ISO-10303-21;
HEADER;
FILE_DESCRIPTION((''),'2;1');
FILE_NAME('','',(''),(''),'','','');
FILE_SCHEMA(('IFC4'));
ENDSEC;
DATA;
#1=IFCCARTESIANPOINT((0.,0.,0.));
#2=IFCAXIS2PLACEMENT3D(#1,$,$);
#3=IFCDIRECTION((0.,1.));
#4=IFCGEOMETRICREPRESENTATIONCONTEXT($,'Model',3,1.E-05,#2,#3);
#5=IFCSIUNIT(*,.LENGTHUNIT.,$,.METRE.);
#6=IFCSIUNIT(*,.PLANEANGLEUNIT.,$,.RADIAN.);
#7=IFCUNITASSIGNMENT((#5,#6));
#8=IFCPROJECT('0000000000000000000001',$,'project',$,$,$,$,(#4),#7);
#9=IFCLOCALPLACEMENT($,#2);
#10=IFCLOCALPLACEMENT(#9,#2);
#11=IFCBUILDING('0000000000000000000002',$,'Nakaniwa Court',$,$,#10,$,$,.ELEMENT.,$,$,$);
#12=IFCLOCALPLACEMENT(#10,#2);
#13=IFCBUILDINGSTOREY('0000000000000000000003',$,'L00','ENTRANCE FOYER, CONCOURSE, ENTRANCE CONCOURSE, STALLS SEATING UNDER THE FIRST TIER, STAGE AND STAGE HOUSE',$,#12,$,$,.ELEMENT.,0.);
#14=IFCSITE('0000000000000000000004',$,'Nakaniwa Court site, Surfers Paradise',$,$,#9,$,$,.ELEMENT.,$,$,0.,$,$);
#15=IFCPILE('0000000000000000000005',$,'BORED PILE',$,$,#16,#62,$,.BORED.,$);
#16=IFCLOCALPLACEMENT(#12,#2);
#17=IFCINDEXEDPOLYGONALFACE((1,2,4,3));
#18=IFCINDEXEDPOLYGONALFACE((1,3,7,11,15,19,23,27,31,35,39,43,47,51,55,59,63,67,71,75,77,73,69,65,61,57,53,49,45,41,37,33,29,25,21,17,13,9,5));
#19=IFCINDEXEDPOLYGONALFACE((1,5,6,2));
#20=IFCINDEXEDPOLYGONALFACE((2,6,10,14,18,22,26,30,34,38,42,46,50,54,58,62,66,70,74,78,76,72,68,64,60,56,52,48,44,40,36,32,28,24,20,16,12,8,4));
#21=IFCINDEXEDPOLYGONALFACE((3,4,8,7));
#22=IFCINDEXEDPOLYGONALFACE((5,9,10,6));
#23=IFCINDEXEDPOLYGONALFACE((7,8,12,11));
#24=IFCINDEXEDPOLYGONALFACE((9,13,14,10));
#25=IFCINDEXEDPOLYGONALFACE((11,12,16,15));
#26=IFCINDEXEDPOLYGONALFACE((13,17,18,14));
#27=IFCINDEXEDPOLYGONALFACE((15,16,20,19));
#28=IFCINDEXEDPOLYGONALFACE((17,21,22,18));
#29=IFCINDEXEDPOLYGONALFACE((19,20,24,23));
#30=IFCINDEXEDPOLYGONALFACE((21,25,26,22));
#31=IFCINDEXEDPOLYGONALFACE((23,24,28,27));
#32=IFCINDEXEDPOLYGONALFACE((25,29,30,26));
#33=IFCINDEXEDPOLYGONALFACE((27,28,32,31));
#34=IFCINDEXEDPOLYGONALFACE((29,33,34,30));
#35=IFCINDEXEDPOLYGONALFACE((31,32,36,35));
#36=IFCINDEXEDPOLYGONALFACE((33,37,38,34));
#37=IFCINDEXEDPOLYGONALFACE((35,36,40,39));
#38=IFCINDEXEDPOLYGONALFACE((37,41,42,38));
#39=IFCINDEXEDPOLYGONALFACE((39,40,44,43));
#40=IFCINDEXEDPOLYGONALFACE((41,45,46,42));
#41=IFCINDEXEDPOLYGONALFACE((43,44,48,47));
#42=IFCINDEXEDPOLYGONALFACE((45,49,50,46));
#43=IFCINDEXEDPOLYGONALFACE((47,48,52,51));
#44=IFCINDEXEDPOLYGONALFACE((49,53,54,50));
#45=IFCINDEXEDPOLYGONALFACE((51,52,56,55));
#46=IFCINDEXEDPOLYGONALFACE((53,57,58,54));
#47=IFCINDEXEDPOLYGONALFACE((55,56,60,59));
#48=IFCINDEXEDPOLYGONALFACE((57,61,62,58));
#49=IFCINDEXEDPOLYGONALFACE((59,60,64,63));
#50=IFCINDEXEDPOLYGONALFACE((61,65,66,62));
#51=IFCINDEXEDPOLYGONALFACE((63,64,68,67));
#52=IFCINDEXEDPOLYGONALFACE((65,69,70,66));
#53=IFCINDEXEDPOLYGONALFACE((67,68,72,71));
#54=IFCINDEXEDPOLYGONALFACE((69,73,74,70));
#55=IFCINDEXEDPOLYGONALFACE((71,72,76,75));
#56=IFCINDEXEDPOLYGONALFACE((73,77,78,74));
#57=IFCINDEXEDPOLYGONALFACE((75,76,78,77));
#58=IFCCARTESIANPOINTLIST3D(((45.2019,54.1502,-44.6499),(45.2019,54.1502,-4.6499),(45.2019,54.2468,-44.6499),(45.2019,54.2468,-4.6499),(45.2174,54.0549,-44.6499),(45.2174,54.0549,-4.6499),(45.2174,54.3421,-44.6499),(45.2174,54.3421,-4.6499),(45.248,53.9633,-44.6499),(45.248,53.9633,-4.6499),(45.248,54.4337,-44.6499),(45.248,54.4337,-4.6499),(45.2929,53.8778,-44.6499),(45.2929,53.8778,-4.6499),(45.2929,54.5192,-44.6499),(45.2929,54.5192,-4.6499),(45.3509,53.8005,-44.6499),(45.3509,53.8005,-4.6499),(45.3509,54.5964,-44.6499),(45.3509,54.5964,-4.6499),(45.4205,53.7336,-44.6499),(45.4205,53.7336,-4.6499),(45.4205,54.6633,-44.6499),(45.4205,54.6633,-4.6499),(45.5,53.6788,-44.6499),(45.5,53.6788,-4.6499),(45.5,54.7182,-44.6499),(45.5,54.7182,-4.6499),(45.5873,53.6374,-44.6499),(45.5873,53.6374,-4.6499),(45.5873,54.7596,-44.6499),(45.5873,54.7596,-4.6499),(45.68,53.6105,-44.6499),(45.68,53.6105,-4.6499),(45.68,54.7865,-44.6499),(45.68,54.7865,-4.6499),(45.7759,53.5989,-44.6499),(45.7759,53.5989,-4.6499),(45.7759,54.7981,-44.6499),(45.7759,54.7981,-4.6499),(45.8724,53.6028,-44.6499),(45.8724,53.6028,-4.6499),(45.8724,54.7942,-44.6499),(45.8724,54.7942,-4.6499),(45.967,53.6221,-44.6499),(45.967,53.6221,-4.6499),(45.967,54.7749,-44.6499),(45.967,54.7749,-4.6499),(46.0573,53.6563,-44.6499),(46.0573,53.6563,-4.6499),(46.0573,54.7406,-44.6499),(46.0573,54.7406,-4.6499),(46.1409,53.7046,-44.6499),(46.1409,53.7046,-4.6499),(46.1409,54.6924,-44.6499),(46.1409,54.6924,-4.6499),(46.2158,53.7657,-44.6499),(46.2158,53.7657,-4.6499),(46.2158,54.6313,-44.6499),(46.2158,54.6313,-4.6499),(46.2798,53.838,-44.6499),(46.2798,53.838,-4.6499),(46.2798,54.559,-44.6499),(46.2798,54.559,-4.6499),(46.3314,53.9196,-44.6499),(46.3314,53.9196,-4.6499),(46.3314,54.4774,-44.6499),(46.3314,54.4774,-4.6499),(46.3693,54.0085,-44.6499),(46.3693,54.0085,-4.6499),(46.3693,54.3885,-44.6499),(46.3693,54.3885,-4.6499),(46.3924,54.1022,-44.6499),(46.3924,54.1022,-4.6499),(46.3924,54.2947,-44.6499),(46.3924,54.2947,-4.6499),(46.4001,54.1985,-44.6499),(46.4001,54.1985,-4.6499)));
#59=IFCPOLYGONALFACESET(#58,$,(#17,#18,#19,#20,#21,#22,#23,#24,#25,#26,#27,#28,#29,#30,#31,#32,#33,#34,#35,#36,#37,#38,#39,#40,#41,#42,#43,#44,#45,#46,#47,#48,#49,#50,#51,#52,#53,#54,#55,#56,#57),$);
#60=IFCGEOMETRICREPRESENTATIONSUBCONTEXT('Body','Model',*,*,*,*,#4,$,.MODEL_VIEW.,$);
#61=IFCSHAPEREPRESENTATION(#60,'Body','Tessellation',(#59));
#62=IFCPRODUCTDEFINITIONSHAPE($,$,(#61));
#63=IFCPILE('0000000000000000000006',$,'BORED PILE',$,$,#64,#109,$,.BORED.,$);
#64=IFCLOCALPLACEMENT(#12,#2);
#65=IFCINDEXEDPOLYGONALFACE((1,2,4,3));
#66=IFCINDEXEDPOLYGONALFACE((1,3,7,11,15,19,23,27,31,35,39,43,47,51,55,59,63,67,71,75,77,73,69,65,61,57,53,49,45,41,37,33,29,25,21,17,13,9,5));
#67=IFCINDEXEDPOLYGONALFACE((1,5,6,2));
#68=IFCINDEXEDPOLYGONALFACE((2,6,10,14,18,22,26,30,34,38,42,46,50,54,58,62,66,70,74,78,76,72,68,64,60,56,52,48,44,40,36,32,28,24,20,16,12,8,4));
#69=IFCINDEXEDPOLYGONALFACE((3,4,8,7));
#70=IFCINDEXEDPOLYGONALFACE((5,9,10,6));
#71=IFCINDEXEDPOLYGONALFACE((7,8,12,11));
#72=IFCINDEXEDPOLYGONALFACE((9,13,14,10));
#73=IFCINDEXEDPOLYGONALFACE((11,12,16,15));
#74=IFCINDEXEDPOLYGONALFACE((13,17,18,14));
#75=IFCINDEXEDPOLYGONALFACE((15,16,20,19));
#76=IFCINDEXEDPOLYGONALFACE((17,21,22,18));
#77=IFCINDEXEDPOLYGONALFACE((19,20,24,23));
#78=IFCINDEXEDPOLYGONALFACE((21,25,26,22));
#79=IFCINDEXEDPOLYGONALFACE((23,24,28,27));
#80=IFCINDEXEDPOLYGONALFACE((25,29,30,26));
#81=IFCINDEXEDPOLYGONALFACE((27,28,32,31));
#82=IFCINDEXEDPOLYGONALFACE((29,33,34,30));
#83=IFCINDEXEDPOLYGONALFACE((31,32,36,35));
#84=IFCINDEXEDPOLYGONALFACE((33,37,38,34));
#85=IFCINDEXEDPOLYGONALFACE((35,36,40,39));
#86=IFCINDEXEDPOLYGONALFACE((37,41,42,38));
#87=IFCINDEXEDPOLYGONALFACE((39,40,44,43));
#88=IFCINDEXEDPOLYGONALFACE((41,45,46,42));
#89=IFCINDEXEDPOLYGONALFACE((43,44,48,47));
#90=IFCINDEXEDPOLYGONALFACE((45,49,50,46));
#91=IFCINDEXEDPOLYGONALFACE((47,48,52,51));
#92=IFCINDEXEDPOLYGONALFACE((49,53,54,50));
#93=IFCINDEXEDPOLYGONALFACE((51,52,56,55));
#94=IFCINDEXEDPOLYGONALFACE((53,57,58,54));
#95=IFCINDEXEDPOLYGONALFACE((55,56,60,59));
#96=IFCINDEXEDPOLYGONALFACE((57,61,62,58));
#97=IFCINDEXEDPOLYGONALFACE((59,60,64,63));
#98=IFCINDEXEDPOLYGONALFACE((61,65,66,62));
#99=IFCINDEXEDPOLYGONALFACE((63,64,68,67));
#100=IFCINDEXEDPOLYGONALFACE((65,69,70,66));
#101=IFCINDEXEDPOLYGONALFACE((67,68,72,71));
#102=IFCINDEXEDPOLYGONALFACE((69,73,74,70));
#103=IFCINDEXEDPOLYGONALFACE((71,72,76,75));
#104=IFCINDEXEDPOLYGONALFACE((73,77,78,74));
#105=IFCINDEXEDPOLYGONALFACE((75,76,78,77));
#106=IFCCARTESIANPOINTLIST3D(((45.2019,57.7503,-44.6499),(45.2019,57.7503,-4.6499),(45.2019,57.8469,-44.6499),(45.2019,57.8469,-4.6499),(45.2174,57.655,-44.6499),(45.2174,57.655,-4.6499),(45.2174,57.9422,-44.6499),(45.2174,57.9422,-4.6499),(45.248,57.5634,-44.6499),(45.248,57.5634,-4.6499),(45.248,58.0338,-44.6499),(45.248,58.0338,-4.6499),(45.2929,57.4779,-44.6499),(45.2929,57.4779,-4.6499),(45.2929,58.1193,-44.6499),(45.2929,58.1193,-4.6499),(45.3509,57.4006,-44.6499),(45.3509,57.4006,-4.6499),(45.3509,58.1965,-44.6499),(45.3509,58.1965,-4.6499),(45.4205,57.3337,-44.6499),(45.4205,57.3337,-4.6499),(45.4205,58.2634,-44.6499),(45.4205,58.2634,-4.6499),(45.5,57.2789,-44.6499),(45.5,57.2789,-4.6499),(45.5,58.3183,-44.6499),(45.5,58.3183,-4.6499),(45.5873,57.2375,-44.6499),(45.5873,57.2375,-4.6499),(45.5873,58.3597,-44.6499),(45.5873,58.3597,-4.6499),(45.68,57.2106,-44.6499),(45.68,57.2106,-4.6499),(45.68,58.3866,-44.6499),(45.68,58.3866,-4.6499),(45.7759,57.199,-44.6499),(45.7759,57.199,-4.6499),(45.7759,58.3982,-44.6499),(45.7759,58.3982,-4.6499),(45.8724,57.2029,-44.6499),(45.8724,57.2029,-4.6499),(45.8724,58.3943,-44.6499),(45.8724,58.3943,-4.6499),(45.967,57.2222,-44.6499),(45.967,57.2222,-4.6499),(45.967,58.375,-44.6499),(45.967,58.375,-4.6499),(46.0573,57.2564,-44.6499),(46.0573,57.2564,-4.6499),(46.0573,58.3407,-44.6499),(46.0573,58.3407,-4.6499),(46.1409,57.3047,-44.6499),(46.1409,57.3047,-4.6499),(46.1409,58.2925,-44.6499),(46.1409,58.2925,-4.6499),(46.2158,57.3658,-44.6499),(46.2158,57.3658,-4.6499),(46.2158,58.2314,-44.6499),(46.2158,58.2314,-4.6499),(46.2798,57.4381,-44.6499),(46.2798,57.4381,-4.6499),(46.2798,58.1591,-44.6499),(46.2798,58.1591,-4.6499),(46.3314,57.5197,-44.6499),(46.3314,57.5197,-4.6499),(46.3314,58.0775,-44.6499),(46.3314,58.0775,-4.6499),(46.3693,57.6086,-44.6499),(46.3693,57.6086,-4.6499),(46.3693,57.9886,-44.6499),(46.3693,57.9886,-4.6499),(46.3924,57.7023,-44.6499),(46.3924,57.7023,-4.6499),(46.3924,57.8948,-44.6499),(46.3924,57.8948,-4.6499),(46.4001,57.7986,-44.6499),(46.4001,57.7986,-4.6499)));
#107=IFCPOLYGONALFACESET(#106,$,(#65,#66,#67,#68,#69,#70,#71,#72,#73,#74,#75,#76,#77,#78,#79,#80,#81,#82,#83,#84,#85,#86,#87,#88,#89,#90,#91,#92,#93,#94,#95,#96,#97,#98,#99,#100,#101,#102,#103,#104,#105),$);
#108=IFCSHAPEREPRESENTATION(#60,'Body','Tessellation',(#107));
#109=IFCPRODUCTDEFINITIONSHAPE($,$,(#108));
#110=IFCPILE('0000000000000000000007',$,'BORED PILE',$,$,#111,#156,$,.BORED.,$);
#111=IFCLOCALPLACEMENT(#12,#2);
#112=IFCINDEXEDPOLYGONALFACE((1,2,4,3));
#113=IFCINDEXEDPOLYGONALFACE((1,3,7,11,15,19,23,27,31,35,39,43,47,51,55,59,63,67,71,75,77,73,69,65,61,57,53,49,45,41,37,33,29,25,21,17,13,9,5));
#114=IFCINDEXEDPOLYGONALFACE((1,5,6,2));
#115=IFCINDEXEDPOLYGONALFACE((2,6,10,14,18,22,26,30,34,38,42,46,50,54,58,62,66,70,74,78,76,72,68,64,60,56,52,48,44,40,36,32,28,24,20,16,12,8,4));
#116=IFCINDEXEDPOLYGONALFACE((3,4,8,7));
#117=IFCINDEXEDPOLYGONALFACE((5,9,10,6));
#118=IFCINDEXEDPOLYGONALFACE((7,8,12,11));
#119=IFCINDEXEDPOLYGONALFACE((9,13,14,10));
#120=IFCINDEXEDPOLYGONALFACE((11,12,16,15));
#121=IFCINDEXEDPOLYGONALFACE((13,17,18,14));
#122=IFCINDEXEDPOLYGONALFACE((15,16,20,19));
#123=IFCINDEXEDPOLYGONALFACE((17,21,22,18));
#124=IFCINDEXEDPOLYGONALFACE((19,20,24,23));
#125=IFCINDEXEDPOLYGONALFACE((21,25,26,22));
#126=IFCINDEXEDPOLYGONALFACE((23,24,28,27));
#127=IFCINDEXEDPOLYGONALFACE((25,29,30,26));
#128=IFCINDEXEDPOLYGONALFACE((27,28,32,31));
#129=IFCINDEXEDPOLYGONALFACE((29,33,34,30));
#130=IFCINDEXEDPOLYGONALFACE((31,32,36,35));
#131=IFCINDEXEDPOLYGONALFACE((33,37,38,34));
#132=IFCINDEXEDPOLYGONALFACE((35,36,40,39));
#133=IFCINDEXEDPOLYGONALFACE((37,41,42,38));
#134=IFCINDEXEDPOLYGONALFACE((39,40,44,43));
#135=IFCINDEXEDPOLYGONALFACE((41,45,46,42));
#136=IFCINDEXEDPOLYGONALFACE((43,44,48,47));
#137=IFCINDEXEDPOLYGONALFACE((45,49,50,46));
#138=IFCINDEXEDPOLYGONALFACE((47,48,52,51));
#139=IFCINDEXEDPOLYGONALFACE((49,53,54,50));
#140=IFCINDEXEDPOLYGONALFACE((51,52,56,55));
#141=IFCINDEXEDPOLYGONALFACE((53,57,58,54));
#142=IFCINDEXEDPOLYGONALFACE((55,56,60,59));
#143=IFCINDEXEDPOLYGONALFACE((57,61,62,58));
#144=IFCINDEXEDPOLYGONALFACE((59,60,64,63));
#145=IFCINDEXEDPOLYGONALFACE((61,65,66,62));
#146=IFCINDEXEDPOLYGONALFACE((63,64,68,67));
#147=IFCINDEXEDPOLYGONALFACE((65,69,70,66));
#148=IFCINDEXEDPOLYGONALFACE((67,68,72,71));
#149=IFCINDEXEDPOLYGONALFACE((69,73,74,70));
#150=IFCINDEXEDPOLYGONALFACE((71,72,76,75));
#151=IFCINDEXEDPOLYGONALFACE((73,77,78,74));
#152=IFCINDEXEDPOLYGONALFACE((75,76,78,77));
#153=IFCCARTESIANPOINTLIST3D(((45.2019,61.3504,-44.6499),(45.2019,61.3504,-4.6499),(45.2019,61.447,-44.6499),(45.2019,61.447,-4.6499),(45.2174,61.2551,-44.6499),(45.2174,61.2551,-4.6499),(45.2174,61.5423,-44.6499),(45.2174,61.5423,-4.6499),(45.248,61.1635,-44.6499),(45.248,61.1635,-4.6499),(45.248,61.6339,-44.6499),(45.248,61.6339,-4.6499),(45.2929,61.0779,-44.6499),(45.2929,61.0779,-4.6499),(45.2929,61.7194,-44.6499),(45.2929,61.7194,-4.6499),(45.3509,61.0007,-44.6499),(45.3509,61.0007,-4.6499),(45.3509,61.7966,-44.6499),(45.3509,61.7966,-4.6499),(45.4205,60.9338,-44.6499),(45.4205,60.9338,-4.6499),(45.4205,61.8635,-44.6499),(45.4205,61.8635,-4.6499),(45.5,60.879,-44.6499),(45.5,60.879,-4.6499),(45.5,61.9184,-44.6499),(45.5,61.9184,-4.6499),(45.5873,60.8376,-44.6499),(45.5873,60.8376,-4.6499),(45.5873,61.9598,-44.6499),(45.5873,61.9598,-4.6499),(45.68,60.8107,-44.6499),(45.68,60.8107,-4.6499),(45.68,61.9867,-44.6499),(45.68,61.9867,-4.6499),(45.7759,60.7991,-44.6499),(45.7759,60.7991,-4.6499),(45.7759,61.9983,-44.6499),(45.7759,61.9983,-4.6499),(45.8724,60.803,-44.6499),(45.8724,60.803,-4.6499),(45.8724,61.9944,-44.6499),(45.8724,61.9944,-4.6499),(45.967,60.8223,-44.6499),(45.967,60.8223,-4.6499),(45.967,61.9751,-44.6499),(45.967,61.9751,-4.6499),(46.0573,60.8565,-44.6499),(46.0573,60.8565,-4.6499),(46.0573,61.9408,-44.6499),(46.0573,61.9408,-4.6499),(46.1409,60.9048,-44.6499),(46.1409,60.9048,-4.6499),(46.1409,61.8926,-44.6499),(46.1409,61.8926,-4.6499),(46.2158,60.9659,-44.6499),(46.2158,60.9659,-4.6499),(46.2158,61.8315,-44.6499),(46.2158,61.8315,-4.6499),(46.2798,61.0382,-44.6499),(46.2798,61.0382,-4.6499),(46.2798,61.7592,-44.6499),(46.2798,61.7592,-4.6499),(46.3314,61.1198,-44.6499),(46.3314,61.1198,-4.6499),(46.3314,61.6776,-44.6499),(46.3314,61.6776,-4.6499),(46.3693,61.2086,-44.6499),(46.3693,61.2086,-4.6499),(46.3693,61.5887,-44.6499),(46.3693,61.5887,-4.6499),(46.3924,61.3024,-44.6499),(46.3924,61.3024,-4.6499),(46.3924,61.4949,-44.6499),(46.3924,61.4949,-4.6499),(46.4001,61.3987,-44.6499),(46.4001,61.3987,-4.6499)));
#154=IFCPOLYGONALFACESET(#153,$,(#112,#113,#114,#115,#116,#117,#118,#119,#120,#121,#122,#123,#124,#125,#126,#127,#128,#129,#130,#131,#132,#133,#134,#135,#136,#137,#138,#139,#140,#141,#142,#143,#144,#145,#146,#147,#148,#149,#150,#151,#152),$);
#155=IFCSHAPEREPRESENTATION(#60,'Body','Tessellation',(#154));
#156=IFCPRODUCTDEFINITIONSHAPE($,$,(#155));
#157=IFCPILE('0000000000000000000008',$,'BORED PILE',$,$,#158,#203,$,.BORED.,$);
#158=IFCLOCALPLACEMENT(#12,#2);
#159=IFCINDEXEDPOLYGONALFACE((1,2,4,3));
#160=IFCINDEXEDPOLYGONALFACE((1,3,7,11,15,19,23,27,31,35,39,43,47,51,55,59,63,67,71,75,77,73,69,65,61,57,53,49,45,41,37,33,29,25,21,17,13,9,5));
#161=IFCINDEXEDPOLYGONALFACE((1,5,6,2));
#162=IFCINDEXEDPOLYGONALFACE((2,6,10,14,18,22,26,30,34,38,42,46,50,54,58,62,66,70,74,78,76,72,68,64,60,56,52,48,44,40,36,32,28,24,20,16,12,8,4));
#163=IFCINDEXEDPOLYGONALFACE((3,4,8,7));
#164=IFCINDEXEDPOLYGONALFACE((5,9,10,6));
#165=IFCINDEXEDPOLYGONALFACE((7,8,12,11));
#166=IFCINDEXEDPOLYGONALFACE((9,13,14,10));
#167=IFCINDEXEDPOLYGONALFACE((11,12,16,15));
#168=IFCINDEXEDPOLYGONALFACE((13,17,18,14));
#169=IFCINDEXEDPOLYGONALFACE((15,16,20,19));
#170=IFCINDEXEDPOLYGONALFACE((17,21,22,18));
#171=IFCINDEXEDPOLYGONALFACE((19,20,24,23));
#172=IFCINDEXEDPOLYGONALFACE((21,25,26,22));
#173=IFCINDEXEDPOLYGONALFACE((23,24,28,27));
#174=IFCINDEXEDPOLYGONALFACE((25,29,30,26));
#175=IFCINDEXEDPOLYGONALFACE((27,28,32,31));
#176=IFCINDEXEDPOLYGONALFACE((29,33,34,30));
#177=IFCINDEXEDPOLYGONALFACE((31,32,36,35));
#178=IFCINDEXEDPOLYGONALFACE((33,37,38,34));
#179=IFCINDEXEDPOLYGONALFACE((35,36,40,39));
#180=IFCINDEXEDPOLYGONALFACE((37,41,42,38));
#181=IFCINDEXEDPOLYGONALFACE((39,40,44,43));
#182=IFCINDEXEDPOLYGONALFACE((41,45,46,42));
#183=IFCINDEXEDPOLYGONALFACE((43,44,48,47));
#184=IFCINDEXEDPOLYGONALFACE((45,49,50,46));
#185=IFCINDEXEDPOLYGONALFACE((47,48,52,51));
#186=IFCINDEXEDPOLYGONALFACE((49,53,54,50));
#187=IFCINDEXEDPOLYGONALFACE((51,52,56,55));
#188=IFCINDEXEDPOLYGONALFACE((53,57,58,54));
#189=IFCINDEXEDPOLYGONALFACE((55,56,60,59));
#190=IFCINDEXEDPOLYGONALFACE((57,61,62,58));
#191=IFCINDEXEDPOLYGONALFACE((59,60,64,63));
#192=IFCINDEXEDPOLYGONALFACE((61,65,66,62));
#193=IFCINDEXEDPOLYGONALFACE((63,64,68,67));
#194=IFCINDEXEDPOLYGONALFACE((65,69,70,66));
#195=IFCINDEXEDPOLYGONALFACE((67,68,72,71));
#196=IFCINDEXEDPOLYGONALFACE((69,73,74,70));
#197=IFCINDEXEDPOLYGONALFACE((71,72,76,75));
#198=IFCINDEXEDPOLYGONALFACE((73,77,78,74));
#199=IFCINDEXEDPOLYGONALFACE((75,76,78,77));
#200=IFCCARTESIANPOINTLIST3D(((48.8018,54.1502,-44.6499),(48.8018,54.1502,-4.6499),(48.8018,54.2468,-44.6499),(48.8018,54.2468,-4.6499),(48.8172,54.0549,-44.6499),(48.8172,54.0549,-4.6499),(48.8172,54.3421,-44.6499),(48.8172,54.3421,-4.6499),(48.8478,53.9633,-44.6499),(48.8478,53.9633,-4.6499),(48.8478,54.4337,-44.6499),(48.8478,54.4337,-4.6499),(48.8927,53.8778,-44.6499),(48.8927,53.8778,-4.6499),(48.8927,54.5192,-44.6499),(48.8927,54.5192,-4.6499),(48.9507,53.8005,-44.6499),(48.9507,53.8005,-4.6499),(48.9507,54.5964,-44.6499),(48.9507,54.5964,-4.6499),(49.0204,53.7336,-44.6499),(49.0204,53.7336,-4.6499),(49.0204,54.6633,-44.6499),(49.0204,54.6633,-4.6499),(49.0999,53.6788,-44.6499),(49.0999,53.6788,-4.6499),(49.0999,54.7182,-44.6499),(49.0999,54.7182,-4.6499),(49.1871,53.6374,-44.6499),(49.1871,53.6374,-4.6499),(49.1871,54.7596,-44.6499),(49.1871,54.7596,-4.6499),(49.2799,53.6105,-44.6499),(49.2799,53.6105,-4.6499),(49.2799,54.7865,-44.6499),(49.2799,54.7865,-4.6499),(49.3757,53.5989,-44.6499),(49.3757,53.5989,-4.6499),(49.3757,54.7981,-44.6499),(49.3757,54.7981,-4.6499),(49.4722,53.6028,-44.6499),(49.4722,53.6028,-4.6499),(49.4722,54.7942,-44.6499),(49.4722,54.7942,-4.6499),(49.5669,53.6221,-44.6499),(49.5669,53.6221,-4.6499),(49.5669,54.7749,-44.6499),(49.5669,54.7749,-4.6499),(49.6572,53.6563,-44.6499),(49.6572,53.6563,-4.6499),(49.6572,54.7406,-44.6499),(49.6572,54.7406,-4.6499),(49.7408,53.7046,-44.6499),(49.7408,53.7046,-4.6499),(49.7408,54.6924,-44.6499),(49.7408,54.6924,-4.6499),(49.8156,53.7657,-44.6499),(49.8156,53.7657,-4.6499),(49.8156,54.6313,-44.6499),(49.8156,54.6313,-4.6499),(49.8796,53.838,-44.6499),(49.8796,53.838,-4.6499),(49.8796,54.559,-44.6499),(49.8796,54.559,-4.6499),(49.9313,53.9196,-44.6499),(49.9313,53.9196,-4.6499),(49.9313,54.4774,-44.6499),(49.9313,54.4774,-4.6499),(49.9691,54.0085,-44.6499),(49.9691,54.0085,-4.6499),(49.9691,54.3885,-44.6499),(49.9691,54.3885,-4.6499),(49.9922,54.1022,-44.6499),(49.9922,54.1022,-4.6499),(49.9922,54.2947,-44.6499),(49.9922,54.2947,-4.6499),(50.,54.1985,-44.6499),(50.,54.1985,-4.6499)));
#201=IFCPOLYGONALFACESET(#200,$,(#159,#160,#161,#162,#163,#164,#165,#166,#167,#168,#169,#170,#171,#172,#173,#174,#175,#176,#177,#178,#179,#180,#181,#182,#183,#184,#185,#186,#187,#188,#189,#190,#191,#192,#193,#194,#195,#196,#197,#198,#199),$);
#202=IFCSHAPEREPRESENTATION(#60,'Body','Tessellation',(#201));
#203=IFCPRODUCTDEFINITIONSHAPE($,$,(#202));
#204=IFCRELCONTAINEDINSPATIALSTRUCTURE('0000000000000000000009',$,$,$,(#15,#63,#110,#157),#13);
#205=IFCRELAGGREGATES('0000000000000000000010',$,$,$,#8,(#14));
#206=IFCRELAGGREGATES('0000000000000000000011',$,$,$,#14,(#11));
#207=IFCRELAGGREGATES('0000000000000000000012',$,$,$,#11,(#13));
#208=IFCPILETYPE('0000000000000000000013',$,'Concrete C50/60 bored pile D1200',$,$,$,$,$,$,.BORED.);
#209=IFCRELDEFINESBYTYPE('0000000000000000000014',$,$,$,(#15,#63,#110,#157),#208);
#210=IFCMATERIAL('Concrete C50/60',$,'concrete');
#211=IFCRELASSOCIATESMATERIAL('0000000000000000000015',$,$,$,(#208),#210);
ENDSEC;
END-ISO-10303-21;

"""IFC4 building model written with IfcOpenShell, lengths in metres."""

from ifc_helpers import new_model, si_unit, direction, frame, origin, origin_2d, place, context, subcontext, project, spatial, circle, extrude, material, material_profile, profile_set, type_object, element, save


model = new_model("IFC4")

# Units and contexts
model_context = context("Model", 3, precision=1e-05, world=origin(), true_north=direction((0.0, 1.0)))
body_context = subcontext(model_context, "Body", "Model", "MODEL_VIEW")
ifc_project = project(units=[si_unit("LENGTHUNIT", "METRE"), si_unit("PLANEANGLEUNIT", "RADIAN")], contexts=[model_context])

# Site, building, storey
site_placement = place(None, origin())
site = spatial("IfcSite", under=ifc_project, at=site_placement, Name="Nakaniwa Court site, Surfers Paradise", CompositionType="ELEMENT", RefElevation=0.0)
building_placement = place(site_placement, origin())
building = spatial("IfcBuilding", under=site, at=building_placement, Name="Nakaniwa Court", CompositionType="ELEMENT")
storey_placement = place(building_placement, origin())
storey = spatial("IfcBuildingStorey", under=building, at=storey_placement, Name="L00", Description="ENTRANCE FOYER, CONCOURSE, ENTRANCE CONCOURSE, STALLS SEATING UNDER THE FIRST TIER, STAGE AND STAGE HOUSE", CompositionType="ELEMENT", Elevation=0.0)

# Piles
ifc_material_1 = material(Name="Concrete C50/60", Category="concrete")
ifc_material_profile_1 = material_profile(ifc_material_1, circle(Radius=0.6001, at=origin_2d()), Name="Concrete C50/60 bored pile D1200")
ifc_profile_set_1 = profile_set([ifc_material_profile_1], Name="Concrete C50/60")
pile_type = type_object("IfcPileType", Name="Concrete C50/60 bored pile D1200", PredefinedType="BORED", material=ifc_profile_set_1)
for number, where, z_axis, x_axis, name in (
    (1, (45.8, 54.1985, -4.6499), (0.0, 0.0, -1.0), (1.0, 0.0, 0.0), "BORED PILE"),
    (2, (45.8, 57.7986, -4.6499), (0.0, 0.0, -1.0), (1.0, 0.0, 0.0), "BORED PILE"),
    (3, (45.8, 61.3987, -4.6499), (0.0, 0.0, -1.0), (1.0, 0.0, 0.0), "BORED PILE"),
    (4, (49.3999, 54.1985, -4.6499), (0.0, 0.0, -1.0), (1.0, 0.0, 0.0), "BORED PILE"),
):
    element("IfcPile", number, at=place(storey_placement, frame(where, z_axis=z_axis, x_axis=x_axis)), inside=storey, type_object=pile_type, Name=name, PredefinedType="BORED", context=body_context, shape_type="SweptSolid", body=[
        extrude(circle(Radius=0.6001, at=origin_2d()), origin(), (0.0, 0.0, 1.0), 40.0),
    ])

save(model, "model.ifc")
